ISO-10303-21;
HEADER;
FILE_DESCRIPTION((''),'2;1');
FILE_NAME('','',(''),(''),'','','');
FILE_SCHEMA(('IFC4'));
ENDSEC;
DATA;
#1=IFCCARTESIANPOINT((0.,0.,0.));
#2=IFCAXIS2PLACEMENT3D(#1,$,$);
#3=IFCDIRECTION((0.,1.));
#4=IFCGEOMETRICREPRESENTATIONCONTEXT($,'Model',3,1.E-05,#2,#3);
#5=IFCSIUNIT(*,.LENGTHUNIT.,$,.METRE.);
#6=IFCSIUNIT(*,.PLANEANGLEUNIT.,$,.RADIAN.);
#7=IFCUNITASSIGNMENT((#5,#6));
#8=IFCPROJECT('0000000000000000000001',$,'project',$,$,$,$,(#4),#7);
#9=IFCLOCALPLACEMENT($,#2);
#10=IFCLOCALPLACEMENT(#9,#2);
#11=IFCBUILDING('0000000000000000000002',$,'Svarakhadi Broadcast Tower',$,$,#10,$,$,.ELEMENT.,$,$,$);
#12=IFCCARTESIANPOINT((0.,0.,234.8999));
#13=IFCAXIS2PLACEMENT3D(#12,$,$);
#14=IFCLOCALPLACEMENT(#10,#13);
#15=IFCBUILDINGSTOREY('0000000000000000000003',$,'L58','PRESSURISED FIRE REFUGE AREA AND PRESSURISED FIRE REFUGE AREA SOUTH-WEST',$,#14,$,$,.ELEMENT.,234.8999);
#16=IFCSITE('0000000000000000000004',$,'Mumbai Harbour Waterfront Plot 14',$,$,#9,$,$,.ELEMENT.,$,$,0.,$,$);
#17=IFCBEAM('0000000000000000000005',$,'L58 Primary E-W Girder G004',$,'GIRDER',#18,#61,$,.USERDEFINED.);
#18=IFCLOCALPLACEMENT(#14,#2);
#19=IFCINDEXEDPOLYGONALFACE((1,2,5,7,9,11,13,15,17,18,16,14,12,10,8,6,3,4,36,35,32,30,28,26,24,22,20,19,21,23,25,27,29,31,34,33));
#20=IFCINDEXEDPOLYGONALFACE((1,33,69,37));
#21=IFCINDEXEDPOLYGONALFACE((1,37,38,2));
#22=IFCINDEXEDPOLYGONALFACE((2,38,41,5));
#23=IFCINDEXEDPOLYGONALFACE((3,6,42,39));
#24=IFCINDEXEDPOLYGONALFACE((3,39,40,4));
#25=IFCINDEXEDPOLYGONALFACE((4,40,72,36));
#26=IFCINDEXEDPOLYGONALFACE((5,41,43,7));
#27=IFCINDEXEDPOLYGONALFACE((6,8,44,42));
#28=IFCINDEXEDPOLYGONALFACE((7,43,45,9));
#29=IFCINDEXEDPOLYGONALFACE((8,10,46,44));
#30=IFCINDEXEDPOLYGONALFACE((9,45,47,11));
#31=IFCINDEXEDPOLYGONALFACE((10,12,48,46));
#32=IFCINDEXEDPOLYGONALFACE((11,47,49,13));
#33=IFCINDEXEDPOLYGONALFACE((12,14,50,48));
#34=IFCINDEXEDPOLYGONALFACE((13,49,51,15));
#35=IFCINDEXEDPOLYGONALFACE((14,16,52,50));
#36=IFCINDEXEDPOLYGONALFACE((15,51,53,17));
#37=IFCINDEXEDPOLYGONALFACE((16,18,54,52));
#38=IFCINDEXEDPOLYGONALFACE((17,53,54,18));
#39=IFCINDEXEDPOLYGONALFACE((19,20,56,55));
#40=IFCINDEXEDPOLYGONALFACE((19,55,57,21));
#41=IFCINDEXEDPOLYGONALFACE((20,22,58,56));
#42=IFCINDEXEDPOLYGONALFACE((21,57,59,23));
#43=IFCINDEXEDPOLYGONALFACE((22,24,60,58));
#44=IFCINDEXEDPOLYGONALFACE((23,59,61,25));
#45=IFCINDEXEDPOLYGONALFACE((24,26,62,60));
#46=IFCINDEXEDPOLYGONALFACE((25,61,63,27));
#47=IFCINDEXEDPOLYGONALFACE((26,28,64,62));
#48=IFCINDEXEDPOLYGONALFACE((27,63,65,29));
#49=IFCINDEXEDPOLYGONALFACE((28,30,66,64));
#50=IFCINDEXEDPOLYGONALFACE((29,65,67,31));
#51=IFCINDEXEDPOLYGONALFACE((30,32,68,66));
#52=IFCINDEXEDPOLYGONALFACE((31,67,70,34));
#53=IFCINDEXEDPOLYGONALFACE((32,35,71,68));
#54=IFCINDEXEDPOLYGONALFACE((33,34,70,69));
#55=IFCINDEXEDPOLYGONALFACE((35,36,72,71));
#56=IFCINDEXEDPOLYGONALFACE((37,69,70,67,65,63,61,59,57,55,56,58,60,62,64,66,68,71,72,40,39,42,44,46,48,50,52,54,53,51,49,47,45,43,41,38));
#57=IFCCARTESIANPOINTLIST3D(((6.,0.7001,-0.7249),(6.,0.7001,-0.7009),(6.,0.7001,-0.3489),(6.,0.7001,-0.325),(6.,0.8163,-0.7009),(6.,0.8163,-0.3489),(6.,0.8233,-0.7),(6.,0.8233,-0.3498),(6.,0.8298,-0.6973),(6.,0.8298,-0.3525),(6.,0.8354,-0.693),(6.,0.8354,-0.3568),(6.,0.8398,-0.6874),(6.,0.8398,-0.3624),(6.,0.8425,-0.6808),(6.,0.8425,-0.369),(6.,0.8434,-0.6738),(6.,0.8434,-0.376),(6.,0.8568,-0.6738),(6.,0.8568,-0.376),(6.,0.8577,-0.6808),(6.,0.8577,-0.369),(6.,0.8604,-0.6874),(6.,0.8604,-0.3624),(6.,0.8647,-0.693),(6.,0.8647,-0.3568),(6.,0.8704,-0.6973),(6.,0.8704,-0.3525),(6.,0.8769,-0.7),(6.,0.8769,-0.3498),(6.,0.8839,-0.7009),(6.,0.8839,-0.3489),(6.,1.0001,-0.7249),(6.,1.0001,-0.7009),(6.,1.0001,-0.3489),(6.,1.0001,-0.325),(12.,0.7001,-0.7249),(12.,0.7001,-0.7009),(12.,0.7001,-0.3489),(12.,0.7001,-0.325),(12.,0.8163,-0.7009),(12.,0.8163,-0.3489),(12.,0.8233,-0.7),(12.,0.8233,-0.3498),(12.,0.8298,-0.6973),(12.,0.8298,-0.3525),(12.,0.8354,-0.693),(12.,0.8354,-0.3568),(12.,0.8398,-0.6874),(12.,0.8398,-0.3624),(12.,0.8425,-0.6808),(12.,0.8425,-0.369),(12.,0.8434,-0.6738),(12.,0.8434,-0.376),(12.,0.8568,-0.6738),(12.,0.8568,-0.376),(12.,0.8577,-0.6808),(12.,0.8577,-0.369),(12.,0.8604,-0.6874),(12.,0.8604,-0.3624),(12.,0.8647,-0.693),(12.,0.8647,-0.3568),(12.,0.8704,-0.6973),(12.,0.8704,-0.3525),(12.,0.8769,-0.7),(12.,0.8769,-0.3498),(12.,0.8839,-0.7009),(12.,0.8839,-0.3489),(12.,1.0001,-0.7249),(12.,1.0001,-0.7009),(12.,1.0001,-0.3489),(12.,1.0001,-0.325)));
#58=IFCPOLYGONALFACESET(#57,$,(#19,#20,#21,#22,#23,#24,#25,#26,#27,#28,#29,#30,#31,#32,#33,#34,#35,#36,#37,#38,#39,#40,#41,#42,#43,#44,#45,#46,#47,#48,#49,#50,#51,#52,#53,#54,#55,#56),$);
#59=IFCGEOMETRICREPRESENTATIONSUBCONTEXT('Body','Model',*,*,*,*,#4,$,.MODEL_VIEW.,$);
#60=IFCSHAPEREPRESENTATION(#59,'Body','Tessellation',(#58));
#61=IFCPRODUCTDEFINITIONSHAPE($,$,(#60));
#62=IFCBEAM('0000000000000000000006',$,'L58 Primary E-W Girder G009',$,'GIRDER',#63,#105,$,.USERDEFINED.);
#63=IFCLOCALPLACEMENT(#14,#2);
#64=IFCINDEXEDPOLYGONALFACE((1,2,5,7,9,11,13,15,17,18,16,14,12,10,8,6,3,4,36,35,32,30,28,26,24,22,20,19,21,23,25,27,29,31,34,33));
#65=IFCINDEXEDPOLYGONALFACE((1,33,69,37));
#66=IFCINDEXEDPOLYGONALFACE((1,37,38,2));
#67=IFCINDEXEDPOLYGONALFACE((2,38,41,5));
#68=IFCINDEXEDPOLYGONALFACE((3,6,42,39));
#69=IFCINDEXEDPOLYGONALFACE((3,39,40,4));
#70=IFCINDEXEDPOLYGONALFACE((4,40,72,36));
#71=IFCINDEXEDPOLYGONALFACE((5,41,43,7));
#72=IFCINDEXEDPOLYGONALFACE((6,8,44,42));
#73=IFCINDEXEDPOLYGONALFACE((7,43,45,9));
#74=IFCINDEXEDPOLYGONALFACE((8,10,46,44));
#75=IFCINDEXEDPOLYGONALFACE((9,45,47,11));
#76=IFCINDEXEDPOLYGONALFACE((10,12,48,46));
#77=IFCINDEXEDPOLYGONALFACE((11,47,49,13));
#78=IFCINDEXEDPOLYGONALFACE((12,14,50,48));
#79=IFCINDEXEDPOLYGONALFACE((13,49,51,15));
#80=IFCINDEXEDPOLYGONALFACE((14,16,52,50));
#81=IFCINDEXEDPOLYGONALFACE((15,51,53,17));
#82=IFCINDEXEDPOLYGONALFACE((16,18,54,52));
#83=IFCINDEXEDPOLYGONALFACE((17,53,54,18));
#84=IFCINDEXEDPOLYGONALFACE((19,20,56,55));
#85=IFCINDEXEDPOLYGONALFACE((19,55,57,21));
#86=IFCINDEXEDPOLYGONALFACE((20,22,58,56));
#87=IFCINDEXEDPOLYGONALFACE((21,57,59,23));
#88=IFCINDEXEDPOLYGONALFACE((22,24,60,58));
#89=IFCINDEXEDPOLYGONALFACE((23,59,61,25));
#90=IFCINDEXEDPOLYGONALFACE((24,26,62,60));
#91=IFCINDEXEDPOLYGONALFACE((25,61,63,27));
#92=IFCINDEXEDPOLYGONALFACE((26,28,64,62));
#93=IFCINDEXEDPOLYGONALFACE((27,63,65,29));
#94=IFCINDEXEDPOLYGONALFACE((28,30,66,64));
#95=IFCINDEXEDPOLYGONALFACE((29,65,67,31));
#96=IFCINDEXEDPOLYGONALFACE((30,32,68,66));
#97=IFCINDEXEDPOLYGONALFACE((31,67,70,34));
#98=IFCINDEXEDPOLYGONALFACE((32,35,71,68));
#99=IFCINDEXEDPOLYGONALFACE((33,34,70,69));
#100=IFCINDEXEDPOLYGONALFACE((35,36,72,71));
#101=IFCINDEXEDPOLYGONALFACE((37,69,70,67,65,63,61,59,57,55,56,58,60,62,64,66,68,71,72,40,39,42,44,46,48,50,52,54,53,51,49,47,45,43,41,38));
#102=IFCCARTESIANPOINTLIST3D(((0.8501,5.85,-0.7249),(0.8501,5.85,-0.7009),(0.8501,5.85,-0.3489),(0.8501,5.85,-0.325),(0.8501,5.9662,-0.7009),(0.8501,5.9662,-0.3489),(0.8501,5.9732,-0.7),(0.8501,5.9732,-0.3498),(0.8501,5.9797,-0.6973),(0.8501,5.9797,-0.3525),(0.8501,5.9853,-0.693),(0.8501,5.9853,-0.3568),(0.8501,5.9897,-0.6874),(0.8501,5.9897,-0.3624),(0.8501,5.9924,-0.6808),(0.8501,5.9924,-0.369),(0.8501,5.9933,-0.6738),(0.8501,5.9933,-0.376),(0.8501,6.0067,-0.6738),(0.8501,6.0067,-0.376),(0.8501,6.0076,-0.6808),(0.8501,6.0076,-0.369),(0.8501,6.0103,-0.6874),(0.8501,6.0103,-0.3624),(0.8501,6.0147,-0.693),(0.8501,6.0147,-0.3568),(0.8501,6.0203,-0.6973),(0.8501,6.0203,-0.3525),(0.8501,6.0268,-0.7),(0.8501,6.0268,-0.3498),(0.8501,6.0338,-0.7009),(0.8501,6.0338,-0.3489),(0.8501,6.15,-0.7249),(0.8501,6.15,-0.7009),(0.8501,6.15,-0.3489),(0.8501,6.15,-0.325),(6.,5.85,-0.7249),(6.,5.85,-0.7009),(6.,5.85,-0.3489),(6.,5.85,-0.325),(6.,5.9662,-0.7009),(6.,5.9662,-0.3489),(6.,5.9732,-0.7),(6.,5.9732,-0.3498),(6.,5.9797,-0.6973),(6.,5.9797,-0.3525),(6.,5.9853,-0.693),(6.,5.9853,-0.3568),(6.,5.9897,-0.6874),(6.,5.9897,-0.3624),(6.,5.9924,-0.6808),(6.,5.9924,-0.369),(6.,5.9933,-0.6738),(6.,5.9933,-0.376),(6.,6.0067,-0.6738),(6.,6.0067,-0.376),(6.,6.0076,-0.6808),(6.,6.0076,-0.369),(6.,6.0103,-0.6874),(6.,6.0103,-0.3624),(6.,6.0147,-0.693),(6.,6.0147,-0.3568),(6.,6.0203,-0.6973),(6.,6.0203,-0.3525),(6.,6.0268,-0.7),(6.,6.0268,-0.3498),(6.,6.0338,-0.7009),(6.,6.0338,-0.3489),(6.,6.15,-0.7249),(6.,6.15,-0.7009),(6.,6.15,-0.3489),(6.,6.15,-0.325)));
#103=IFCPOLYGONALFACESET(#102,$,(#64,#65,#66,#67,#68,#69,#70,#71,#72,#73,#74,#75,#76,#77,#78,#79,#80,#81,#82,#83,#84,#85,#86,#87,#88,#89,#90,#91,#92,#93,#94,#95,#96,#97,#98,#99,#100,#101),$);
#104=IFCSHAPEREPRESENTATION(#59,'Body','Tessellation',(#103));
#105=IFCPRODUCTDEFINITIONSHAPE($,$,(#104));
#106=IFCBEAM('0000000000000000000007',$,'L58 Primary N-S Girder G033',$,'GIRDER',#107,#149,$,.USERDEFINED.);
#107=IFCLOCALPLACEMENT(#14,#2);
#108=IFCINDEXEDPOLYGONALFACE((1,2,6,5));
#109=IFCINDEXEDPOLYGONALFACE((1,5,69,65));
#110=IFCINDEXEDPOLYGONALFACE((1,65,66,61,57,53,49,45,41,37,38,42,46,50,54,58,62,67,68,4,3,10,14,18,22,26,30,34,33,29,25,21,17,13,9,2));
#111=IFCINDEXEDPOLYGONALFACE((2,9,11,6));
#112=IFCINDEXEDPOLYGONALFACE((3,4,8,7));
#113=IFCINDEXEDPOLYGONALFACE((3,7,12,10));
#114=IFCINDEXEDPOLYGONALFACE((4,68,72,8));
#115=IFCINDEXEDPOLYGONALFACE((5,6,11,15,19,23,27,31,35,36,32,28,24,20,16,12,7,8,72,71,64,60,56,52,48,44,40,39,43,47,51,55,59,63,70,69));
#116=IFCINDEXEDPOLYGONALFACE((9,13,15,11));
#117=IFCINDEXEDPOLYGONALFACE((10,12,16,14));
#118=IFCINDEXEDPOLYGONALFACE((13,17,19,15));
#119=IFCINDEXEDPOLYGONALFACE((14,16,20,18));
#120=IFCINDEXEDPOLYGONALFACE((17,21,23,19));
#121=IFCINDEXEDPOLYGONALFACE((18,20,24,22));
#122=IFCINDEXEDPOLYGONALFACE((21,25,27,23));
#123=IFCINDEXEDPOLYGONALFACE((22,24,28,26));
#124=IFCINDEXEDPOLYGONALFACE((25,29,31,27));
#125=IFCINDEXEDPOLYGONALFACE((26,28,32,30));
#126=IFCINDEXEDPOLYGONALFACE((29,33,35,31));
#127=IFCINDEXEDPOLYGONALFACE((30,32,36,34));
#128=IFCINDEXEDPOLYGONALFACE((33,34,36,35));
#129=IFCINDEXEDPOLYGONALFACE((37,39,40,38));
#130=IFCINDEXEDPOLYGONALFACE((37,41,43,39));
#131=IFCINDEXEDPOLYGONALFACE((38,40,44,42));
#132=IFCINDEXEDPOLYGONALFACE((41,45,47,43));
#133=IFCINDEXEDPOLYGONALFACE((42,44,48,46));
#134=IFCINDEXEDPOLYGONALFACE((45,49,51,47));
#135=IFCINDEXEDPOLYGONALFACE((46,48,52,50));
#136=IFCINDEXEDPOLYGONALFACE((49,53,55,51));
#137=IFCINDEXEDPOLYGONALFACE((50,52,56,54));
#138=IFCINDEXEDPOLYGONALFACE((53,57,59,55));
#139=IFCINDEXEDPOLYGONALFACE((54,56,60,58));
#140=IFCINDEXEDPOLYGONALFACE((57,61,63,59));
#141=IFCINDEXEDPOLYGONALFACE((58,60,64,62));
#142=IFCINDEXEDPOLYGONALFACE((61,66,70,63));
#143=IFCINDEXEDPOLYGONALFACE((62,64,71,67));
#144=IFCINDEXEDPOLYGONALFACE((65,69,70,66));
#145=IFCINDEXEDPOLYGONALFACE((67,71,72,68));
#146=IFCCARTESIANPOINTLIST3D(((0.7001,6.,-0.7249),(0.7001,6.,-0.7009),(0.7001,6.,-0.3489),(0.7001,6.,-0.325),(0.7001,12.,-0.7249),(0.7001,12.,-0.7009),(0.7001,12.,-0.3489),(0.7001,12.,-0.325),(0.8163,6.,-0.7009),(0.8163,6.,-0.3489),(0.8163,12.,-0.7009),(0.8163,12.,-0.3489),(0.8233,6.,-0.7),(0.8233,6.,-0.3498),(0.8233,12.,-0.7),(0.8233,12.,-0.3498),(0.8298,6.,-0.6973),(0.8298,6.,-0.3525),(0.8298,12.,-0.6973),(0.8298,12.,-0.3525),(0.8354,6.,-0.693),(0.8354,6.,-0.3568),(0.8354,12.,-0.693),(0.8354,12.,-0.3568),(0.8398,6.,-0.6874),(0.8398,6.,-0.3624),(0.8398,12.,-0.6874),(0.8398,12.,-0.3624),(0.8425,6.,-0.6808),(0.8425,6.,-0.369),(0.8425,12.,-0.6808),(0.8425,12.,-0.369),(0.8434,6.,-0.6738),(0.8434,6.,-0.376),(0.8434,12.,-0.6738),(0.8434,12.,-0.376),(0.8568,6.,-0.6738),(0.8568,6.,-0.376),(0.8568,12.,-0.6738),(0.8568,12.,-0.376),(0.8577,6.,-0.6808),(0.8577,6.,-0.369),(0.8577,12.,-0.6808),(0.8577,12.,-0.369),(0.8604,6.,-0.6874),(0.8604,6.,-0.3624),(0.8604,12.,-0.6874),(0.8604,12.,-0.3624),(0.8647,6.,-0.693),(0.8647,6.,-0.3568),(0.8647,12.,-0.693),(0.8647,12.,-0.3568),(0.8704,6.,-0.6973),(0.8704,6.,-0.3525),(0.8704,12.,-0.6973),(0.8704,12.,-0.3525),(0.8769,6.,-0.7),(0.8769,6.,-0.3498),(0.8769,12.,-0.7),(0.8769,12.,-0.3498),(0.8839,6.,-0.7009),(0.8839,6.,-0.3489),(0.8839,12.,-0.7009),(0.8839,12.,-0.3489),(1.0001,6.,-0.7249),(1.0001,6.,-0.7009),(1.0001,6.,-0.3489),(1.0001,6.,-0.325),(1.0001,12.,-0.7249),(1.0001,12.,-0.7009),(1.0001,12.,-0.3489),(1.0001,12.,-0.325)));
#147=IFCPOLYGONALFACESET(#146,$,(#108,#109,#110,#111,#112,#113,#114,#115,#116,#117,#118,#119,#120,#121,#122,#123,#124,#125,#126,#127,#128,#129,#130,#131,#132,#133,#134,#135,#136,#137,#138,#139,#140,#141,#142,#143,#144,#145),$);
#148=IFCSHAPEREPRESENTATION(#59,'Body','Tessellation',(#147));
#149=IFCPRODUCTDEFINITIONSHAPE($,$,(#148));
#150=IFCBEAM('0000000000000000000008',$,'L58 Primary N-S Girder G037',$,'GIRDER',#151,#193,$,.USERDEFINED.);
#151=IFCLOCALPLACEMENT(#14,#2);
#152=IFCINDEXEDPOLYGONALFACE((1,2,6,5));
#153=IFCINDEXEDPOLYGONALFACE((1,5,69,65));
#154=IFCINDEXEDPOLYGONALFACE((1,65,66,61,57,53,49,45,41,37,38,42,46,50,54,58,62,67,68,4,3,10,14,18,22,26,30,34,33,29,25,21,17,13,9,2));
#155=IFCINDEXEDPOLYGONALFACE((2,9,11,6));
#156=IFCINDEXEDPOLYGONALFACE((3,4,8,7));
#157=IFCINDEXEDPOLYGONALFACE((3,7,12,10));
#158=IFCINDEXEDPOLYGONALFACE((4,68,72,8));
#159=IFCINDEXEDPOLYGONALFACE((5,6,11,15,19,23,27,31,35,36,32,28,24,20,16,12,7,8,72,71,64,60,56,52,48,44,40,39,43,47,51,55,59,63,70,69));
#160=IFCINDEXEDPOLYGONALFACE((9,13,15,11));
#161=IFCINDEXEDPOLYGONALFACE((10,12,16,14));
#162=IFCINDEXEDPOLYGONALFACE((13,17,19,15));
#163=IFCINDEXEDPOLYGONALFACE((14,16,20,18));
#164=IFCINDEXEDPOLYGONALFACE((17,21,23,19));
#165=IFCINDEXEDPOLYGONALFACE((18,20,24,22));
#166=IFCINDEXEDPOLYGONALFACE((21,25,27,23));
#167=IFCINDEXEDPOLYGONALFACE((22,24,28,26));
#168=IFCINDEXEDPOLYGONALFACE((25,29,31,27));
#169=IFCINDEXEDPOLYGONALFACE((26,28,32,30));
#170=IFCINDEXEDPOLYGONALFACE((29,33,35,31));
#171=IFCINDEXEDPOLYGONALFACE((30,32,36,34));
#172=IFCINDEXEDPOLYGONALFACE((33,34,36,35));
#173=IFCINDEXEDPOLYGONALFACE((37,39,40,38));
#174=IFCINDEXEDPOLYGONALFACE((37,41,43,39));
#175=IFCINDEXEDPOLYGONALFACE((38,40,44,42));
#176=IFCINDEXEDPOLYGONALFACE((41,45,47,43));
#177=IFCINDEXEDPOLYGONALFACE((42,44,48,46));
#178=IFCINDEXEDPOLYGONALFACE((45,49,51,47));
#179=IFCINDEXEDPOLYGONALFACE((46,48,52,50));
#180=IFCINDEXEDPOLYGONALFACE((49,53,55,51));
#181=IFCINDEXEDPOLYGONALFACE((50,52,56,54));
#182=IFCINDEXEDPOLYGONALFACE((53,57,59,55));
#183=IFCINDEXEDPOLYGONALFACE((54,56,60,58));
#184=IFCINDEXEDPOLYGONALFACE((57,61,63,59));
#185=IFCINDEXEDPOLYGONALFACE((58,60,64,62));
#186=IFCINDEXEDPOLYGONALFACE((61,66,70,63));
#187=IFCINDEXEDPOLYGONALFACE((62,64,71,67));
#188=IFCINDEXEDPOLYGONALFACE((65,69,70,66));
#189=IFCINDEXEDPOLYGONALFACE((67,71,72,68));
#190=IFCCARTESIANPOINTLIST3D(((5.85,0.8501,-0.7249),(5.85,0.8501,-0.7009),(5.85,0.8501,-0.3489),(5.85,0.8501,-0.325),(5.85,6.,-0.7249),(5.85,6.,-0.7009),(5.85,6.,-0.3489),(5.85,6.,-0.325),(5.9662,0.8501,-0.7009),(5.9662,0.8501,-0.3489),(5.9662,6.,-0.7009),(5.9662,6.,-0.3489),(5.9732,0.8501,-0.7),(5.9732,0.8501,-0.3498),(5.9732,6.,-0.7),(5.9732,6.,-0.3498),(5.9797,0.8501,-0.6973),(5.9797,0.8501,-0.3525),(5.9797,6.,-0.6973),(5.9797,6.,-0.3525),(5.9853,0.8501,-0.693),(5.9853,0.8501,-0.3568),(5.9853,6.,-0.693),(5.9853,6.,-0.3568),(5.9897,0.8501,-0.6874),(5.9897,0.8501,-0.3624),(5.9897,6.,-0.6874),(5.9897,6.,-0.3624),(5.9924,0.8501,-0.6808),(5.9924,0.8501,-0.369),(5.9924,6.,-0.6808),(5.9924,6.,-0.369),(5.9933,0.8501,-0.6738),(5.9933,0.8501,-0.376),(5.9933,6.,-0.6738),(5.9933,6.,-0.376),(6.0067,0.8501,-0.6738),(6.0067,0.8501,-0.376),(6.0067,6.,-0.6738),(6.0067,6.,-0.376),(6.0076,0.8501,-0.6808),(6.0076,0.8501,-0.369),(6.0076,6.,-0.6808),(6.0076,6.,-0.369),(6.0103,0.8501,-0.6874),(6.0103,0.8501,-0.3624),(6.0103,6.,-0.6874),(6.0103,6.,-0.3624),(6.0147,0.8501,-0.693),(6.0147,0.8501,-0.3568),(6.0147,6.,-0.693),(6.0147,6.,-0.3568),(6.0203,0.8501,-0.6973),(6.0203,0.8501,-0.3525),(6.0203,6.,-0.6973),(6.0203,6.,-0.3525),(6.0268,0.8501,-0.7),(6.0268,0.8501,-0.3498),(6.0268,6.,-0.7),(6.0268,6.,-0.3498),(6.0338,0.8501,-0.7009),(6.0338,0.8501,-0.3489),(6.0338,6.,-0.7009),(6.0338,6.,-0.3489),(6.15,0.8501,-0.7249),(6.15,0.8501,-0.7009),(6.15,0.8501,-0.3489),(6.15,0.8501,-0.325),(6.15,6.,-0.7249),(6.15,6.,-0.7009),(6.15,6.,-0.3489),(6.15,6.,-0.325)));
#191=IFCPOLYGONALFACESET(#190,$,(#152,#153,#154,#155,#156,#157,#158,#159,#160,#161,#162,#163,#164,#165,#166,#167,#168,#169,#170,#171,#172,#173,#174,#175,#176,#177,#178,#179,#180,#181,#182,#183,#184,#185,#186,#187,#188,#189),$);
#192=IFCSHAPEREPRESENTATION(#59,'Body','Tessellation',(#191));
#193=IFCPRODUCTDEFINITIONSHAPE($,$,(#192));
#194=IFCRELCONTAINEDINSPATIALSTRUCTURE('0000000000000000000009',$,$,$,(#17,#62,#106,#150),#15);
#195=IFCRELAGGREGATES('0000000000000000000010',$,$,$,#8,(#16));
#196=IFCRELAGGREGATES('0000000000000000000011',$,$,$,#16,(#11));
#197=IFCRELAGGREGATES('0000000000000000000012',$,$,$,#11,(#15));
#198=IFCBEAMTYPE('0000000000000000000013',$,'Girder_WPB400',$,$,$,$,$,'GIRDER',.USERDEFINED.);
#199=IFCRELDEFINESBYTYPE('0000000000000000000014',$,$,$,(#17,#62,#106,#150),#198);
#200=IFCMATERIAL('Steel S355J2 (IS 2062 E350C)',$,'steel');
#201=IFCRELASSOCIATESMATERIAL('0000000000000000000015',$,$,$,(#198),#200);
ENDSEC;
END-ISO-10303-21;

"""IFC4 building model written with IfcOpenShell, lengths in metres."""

from ifc_helpers import new_model, si_unit, direction, frame, origin, origin_2d, place, context, subcontext, project, spatial, i_section, extrude, material, material_profile, profile_set, type_object, element, save


model = new_model("IFC4")

# Units and contexts
model_context = context("Model", 3, precision=1e-05, world=origin(), true_north=direction((0.0, 1.0)))
body_context = subcontext(model_context, "Body", "Model", "MODEL_VIEW")
ifc_project = project(units=[si_unit("LENGTHUNIT", "METRE"), si_unit("PLANEANGLEUNIT", "RADIAN")], contexts=[model_context])

# Site, building, storey
site_placement = place(None, origin())
site = spatial("IfcSite", under=ifc_project, at=site_placement, Name="Mumbai Harbour Waterfront Plot 14", CompositionType="ELEMENT", RefElevation=0.0)
building_placement = place(site_placement, origin())
building = spatial("IfcBuilding", under=site, at=building_placement, Name="Svarakhadi Broadcast Tower", CompositionType="ELEMENT")
storey_placement = place(building_placement, frame((0.0, 0.0, 234.8999)))
storey = spatial("IfcBuildingStorey", under=building, at=storey_placement, Name="L58", Description="PRESSURISED FIRE REFUGE AREA AND PRESSURISED FIRE REFUGE AREA SOUTH-WEST", CompositionType="ELEMENT", Elevation=234.8999)

# Beams
ifc_material_1 = material(Name="Steel S355J2 (IS 2062 E350C)", Category="steel")
ifc_material_profile_1 = material_profile(ifc_material_1, i_section(OverallWidth=0.3, OverallDepth=0.3999, WebThickness=0.0134, FlangeThickness=0.0239, FilletRadius=0.0271, at=origin_2d()), Name="WPB 400x300x155")
ifc_profile_set_1 = profile_set([ifc_material_profile_1], Name="Steel S355J2 (IS 2062 E350C)")
beam_type = type_object("IfcBeamType", Name="Girder_WPB400", ElementType="GIRDER", PredefinedType="USERDEFINED", material=ifc_profile_set_1)
beam_1_placement = place(storey_placement, frame((6.0, 0.8501, -0.5249), z_axis=(1.0, 0.0, 0.0), x_axis=(0.0, 1.0, 0.0)))
element("IfcBeam", 1, at=beam_1_placement, inside=storey, type_object=beam_type, Name="L58 Primary E-W Girder G004", ObjectType="GIRDER", PredefinedType="USERDEFINED", context=body_context, shape_type="SweptSolid", body=[
    extrude(i_section(OverallWidth=0.3, OverallDepth=0.3999, WebThickness=0.0134, FlangeThickness=0.0239, FilletRadius=0.0271, at=origin_2d()), origin(), (0.0, 0.0, 1.0), 6.0),
])
beam_2_placement = place(storey_placement, frame((0.8501, 6.0, -0.5249), z_axis=(1.0, 0.0, 0.0), x_axis=(0.0, 1.0, 0.0)))
element("IfcBeam", 2, at=beam_2_placement, inside=storey, type_object=beam_type, Name="L58 Primary E-W Girder G009", ObjectType="GIRDER", PredefinedType="USERDEFINED", context=body_context, shape_type="SweptSolid", body=[
    extrude(i_section(OverallWidth=0.3, OverallDepth=0.3999, WebThickness=0.0134, FlangeThickness=0.0239, FilletRadius=0.0271, at=origin_2d()), origin(), (0.0, 0.0, 1.0), 5.1499),
])
beam_3_placement = place(storey_placement, frame((0.8501, 6.0, -0.5249), z_axis=(0.0, 1.0, 0.0), x_axis=(-1.0, 0.0, 0.0)))
element("IfcBeam", 3, at=beam_3_placement, inside=storey, type_object=beam_type, Name="L58 Primary N-S Girder G033", ObjectType="GIRDER", PredefinedType="USERDEFINED", context=body_context, shape_type="SweptSolid", body=[
    extrude(i_section(OverallWidth=0.3, OverallDepth=0.3999, WebThickness=0.0134, FlangeThickness=0.0239, FilletRadius=0.0271, at=origin_2d()), origin(), (0.0, 0.0, 1.0), 6.0),
])
beam_4_placement = place(storey_placement, frame((6.0, 0.8501, -0.5249), z_axis=(0.0, 1.0, 0.0), x_axis=(-1.0, 0.0, 0.0)))
element("IfcBeam", 4, at=beam_4_placement, inside=storey, type_object=beam_type, Name="L58 Primary N-S Girder G037", ObjectType="GIRDER", PredefinedType="USERDEFINED", context=body_context, shape_type="SweptSolid", body=[
    extrude(i_section(OverallWidth=0.3, OverallDepth=0.3999, WebThickness=0.0134, FlangeThickness=0.0239, FilletRadius=0.0271, at=origin_2d()), origin(), (0.0, 0.0, 1.0), 5.1499),
])

save(model, "model.ifc")
